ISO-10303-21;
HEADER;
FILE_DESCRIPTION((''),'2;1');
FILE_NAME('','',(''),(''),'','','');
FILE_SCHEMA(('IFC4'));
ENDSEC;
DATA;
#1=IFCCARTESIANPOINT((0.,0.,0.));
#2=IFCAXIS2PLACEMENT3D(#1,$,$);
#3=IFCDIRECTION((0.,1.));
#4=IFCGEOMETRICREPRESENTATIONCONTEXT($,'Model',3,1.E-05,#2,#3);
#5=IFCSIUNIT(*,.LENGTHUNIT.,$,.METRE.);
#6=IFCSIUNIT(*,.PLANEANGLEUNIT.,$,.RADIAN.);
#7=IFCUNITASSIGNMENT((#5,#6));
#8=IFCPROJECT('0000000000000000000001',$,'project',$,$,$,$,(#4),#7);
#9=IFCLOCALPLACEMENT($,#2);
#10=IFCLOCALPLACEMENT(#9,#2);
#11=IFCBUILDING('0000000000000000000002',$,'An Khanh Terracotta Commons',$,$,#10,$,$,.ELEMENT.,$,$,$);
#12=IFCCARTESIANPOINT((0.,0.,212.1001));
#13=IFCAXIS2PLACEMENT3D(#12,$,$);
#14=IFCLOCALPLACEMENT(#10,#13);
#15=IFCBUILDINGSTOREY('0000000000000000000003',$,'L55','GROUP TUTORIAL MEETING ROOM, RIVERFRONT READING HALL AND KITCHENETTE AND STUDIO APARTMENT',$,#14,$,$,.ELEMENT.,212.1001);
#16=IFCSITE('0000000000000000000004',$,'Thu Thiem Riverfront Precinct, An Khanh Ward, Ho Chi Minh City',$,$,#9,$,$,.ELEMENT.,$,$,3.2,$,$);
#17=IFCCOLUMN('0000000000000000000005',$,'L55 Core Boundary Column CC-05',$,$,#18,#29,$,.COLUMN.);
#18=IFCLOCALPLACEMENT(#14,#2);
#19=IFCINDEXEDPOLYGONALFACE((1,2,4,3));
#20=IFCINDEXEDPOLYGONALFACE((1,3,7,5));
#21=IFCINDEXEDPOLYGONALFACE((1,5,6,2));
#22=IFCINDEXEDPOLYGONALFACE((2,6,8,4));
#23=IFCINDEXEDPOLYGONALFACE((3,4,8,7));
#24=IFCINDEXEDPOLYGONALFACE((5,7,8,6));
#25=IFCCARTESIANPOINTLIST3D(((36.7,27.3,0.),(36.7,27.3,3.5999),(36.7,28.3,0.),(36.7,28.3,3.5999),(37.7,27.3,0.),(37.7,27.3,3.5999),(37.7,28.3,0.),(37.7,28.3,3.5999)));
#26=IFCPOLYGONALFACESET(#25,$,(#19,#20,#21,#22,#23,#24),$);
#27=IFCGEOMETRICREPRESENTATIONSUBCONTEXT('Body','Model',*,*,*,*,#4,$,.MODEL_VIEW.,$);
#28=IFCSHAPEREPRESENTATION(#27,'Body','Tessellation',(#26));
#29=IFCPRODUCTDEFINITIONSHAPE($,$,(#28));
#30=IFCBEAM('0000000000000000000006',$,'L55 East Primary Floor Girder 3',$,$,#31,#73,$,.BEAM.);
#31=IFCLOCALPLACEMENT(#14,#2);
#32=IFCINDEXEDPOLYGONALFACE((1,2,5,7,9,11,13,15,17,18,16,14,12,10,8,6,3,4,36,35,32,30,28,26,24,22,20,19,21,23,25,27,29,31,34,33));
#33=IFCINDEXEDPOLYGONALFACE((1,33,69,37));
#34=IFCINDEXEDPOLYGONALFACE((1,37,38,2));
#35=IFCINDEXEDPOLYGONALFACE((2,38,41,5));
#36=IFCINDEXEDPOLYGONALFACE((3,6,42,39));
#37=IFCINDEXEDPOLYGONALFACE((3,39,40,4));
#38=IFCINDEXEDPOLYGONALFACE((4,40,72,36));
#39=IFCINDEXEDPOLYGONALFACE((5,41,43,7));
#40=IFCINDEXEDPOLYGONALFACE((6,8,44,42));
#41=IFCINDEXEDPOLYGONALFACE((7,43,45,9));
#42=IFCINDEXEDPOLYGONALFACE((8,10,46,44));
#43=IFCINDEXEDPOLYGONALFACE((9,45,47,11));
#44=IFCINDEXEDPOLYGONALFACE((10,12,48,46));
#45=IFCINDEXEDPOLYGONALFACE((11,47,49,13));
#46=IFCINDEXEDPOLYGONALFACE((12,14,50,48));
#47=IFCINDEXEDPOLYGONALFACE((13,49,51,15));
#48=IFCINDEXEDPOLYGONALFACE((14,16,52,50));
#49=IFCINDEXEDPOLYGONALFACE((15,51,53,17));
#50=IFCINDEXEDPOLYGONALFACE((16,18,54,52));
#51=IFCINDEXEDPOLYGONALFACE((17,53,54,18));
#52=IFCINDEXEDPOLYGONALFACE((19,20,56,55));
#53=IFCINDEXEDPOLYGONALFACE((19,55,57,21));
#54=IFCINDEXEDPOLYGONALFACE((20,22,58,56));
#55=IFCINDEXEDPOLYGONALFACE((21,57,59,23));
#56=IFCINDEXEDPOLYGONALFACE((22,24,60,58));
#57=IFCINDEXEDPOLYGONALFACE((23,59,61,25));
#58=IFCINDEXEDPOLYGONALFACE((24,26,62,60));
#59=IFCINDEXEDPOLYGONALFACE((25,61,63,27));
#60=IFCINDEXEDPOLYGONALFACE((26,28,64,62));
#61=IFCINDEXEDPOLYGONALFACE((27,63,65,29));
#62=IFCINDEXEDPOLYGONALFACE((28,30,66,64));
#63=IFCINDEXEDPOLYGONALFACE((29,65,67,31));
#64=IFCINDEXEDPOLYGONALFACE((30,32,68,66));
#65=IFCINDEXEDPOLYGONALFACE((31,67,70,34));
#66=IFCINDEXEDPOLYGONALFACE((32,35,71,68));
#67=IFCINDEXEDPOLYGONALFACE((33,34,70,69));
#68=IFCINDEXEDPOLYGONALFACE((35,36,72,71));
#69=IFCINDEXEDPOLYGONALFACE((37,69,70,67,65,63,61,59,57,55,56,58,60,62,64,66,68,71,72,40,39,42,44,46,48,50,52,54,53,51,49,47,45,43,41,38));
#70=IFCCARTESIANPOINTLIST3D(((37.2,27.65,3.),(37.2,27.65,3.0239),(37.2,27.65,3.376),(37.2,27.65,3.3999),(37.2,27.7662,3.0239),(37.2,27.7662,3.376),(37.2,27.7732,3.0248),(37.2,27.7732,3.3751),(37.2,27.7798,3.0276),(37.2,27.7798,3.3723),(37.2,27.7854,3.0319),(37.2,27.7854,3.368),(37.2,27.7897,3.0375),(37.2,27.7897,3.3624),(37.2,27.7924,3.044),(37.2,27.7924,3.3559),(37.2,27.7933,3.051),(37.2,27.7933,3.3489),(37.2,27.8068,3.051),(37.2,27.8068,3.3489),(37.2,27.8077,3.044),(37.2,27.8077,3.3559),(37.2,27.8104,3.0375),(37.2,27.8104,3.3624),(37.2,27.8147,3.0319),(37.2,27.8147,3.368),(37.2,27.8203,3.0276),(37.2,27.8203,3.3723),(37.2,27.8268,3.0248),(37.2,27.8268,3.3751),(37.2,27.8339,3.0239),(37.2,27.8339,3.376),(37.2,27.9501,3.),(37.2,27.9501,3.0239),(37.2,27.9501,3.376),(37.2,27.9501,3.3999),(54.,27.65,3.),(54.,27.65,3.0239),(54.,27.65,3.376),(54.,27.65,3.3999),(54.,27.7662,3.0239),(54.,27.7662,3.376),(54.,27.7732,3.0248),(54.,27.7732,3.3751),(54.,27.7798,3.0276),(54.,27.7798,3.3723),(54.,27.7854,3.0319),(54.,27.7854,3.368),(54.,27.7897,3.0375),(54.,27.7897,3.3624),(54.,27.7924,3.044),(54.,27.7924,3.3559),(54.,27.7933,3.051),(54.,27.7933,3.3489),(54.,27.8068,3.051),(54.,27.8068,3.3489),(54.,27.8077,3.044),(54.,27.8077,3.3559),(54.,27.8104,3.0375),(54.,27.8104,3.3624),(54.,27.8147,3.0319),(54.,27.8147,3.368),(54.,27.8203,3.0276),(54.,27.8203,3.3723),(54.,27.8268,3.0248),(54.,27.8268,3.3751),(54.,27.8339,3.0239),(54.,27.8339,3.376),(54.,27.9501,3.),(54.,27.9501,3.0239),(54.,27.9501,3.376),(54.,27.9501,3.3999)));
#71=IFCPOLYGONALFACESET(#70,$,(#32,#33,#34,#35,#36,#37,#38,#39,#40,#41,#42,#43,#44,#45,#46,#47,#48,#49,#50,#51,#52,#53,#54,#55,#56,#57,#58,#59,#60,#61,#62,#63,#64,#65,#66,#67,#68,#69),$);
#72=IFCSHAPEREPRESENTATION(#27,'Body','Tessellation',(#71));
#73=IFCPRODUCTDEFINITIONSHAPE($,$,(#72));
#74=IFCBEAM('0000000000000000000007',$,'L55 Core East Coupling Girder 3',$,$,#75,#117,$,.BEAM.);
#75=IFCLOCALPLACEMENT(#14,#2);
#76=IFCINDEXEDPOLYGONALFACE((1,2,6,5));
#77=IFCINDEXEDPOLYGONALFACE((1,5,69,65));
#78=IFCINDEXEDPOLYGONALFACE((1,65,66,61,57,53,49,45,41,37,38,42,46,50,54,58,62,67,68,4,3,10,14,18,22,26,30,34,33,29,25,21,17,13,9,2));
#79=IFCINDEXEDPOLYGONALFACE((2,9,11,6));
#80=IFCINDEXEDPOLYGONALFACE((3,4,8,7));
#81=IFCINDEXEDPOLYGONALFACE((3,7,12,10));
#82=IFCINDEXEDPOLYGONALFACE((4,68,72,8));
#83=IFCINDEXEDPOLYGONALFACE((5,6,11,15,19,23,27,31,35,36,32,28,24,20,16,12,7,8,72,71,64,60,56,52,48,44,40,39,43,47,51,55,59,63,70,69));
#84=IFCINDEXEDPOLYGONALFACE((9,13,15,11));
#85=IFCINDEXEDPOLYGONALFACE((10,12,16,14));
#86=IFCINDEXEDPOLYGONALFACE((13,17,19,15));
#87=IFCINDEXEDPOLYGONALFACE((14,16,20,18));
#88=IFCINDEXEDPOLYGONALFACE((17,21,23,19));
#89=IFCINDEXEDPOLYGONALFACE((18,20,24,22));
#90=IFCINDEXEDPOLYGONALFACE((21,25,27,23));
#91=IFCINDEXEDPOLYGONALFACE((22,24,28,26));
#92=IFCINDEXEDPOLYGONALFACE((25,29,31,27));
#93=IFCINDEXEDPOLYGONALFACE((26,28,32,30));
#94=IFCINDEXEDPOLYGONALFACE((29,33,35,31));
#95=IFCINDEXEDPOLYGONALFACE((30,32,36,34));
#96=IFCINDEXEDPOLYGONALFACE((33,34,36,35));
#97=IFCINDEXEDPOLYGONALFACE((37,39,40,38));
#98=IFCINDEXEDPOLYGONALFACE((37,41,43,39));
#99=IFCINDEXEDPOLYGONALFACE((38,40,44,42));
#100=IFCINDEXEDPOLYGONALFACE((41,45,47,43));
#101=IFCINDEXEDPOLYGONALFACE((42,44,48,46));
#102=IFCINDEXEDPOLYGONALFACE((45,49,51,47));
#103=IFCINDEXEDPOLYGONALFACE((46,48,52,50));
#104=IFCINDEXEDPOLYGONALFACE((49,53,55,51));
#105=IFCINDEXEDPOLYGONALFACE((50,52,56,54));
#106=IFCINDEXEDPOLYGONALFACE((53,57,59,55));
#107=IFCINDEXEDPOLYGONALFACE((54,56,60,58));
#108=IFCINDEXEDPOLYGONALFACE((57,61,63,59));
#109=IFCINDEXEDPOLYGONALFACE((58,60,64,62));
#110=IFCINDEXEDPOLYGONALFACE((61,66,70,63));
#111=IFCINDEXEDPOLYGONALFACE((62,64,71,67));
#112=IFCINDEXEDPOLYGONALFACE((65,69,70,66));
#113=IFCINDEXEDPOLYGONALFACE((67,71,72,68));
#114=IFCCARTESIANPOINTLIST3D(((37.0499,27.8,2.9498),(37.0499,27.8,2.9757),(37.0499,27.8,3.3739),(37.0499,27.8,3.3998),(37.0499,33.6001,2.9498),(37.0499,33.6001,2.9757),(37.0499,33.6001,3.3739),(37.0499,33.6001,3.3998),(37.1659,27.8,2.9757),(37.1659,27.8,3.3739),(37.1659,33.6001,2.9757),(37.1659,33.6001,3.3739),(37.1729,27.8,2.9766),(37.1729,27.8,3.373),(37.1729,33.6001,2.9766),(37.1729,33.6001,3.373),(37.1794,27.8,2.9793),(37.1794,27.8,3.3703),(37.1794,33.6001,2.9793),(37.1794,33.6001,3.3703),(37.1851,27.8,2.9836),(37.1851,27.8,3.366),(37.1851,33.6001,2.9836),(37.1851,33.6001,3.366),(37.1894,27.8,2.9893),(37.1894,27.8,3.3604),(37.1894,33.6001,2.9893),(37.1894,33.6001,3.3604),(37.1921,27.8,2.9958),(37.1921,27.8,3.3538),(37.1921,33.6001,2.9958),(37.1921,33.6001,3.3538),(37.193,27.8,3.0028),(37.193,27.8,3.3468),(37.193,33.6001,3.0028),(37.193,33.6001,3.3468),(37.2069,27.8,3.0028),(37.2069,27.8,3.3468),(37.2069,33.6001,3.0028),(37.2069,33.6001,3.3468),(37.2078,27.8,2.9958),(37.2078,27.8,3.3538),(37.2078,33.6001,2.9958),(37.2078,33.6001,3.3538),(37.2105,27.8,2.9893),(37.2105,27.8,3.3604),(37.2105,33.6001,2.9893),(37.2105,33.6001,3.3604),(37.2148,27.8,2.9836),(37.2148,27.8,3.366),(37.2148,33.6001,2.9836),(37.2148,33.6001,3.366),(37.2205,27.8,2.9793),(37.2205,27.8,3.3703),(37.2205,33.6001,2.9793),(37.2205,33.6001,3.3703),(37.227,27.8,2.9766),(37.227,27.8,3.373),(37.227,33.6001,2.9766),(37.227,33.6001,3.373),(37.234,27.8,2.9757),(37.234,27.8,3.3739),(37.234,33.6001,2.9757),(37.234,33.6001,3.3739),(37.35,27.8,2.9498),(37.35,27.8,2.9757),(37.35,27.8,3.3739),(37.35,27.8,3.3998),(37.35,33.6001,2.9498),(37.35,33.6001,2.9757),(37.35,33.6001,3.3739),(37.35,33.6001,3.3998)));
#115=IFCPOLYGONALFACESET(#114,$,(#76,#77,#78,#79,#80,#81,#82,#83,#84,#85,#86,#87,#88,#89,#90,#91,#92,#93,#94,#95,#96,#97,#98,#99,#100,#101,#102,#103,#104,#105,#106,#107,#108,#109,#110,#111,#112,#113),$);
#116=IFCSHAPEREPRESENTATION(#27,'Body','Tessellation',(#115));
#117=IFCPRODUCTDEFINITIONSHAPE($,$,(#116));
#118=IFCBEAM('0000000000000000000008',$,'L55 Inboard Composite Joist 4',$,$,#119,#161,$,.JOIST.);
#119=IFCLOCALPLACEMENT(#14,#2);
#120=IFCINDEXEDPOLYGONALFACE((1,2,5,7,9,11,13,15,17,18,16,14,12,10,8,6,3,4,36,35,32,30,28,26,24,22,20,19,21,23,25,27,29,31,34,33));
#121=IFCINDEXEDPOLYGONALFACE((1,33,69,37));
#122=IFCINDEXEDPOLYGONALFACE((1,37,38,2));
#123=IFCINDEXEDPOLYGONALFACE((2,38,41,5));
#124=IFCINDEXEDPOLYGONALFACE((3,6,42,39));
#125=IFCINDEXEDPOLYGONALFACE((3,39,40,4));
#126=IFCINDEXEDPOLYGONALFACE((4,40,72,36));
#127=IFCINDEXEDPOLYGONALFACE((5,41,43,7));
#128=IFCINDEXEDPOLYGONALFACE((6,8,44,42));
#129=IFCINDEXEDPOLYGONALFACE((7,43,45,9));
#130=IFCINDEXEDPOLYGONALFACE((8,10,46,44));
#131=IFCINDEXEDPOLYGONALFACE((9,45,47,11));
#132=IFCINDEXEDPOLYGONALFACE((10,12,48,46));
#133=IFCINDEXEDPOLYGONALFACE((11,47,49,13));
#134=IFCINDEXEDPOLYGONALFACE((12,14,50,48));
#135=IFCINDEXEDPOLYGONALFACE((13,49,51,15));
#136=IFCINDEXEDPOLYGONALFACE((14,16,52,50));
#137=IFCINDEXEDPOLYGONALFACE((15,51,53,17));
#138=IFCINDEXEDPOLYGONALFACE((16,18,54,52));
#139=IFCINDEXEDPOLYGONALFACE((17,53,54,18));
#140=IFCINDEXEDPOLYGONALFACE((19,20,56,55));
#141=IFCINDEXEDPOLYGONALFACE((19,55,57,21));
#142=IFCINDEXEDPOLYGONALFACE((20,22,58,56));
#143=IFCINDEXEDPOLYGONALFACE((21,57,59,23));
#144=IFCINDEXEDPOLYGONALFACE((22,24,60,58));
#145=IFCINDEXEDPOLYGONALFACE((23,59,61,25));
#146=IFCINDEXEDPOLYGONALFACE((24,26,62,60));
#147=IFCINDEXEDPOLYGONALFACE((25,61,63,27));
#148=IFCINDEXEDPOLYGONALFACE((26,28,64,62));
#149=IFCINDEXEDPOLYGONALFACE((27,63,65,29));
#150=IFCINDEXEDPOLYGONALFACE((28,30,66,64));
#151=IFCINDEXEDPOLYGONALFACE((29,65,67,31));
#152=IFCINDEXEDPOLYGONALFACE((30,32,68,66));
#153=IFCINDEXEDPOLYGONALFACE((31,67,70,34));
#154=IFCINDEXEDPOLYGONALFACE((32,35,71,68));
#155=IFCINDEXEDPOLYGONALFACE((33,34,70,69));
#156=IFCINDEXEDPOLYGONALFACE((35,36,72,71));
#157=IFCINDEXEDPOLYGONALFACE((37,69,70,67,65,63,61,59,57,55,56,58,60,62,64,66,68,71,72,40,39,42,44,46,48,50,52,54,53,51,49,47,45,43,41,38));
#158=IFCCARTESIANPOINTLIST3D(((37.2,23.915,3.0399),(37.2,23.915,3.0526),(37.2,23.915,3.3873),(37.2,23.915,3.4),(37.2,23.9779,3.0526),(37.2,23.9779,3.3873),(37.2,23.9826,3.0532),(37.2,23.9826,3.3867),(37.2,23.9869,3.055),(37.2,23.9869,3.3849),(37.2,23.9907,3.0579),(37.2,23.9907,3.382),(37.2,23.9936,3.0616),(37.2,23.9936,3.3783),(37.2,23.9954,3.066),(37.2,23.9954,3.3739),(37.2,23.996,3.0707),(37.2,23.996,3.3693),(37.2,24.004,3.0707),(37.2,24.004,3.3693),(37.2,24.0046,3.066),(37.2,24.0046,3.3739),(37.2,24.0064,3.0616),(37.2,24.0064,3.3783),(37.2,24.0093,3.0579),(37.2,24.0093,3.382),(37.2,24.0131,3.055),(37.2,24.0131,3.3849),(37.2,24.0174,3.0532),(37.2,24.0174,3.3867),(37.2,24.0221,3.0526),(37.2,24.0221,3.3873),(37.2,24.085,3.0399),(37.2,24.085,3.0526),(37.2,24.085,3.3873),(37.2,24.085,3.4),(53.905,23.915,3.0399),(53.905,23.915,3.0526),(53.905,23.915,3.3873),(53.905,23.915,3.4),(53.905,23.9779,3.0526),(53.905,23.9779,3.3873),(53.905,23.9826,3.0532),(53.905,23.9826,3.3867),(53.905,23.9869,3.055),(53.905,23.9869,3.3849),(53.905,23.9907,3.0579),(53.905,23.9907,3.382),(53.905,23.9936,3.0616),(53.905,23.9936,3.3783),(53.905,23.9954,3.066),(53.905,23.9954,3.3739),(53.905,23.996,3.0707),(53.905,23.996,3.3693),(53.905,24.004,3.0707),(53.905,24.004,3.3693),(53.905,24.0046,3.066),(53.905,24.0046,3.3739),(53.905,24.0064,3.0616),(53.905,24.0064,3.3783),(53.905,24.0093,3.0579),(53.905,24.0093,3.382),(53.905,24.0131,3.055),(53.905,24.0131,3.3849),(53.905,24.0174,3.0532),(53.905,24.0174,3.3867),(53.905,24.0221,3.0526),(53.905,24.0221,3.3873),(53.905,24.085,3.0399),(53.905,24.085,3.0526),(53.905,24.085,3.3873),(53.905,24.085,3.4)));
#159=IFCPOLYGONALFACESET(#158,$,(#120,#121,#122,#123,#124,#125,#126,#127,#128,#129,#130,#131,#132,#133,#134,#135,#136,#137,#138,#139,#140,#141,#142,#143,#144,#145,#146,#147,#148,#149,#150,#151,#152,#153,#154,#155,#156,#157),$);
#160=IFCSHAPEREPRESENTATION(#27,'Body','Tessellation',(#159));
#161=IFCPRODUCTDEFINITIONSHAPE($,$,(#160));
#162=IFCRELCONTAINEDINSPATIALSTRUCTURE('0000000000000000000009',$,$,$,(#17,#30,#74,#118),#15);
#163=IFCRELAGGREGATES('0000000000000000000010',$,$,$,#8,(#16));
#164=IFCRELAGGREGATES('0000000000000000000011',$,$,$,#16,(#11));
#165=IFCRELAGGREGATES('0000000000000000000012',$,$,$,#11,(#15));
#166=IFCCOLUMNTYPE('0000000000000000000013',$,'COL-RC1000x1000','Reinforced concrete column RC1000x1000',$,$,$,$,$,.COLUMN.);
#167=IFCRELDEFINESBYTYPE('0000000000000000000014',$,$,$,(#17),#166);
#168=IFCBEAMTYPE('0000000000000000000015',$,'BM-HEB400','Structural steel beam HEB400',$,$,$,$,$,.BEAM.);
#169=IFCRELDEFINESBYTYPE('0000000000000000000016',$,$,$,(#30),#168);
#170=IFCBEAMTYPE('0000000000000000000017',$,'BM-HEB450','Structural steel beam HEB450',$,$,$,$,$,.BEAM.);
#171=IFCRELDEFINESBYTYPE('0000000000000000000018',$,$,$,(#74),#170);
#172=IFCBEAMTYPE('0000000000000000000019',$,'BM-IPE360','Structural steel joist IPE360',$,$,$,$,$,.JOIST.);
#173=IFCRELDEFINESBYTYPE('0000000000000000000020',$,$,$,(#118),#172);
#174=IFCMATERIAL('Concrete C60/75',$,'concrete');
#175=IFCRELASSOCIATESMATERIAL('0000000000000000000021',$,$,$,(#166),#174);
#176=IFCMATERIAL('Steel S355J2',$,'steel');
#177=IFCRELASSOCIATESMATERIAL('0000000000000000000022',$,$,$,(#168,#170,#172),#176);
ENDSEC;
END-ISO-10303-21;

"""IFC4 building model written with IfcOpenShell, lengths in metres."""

from ifc_helpers import new_model, si_unit, direction, frame, origin, origin_2d, place, context, subcontext, project, spatial, rectangle, i_section, extrude, material, material_profile, profile_set, type_object, element, save


model = new_model("IFC4")

# Units and contexts
model_context = context("Model", 3, precision=1e-05, world=origin(), true_north=direction((0.0, 1.0)))
body_context = subcontext(model_context, "Body", "Model", "MODEL_VIEW")
ifc_project = project(units=[si_unit("LENGTHUNIT", "METRE"), si_unit("PLANEANGLEUNIT", "RADIAN")], contexts=[model_context])

# Site, building, storey
site_placement = place(None, origin())
site = spatial("IfcSite", under=ifc_project, at=site_placement, Name="Thu Thiem Riverfront Precinct, An Khanh Ward, Ho Chi Minh City", CompositionType="ELEMENT", RefElevation=3.2)
building_placement = place(site_placement, origin())
building = spatial("IfcBuilding", under=site, at=building_placement, Name="An Khanh Terracotta Commons", CompositionType="ELEMENT")
storey_placement = place(building_placement, frame((0.0, 0.0, 212.1001)))
storey = spatial("IfcBuildingStorey", under=building, at=storey_placement, Name="L55", Description="GROUP TUTORIAL MEETING ROOM, RIVERFRONT READING HALL AND KITCHENETTE AND STUDIO APARTMENT", CompositionType="ELEMENT", Elevation=212.1001)

# Column
ifc_material_1 = material(Name="Concrete C60/75", Category="concrete")
ifc_material_profile_1 = material_profile(ifc_material_1, rectangle(XDim=1.0, YDim=1.0, at=origin_2d()), Name="RC1000x1000")
ifc_profile_set_1 = profile_set([ifc_material_profile_1], Name="Concrete C60/75")
column_type = type_object("IfcColumnType", Name="COL-RC1000x1000", Description="Reinforced concrete column RC1000x1000", PredefinedType="COLUMN", material=ifc_profile_set_1)
column_placement = place(storey_placement, frame((37.2, 27.8, 0.0), z_axis=(0.0, 0.0, 1.0), x_axis=(1.0, 0.0, 0.0)))
element("IfcColumn", 1, at=column_placement, inside=storey, type_object=column_type, Name="L55 Core Boundary Column CC-05", PredefinedType="COLUMN", context=body_context, shape_type="SweptSolid", body=[
    extrude(rectangle(XDim=1.0, YDim=1.0, at=origin_2d()), origin(), (0.0, 0.0, 1.0), 3.5999),
])

# Beams
ifc_material_2 = material(Name="Steel S355J2", Category="steel")
ifc_material_profile_2 = material_profile(ifc_material_2, i_section(OverallWidth=0.3, OverallDepth=0.3999, WebThickness=0.0134, FlangeThickness=0.0239, FilletRadius=0.0271, at=origin_2d()), Name="HEB400")
ifc_profile_set_2 = profile_set([ifc_material_profile_2], Name="Steel S355J2")
beam_type_1 = type_object("IfcBeamType", Name="BM-HEB400", Description="Structural steel beam HEB400", PredefinedType="BEAM", material=ifc_profile_set_2)
beam_1_placement = place(storey_placement, frame((37.2, 27.8, 3.2), z_axis=(1.0, 0.0, 0.0), x_axis=(0.0, 1.0, 0.0)))
element("IfcBeam", 2, at=beam_1_placement, inside=storey, type_object=beam_type_1, Name="L55 East Primary Floor Girder 3", PredefinedType="BEAM", context=body_context, shape_type="SweptSolid", body=[
    extrude(i_section(OverallWidth=0.3, OverallDepth=0.3999, WebThickness=0.0134, FlangeThickness=0.0239, FilletRadius=0.0271, at=origin_2d()), origin(), (0.0, 0.0, 1.0), 16.8),
])
ifc_material_profile_3 = material_profile(ifc_material_2, i_section(OverallWidth=0.3, OverallDepth=0.45, WebThickness=0.0139, FlangeThickness=0.0259, FilletRadius=0.0271, at=origin_2d()), Name="HEB450")
ifc_profile_set_3 = profile_set([ifc_material_profile_3], Name="Steel S355J2")
beam_type_2 = type_object("IfcBeamType", Name="BM-HEB450", Description="Structural steel beam HEB450", PredefinedType="BEAM", material=ifc_profile_set_3)
beam_2_placement = place(storey_placement, frame((37.2, 27.8, 3.1748), z_axis=(0.0, 1.0, 0.0), x_axis=(-1.0, 0.0, 0.0)))
element("IfcBeam", 3, at=beam_2_placement, inside=storey, type_object=beam_type_2, Name="L55 Core East Coupling Girder 3", PredefinedType="BEAM", context=body_context, shape_type="SweptSolid", body=[
    extrude(i_section(OverallWidth=0.3, OverallDepth=0.45, WebThickness=0.0139, FlangeThickness=0.0259, FilletRadius=0.0271, at=origin_2d()), origin(), (0.0, 0.0, 1.0), 5.8),
])
ifc_material_profile_4 = material_profile(ifc_material_2, i_section(OverallWidth=0.1699, OverallDepth=0.3601, WebThickness=0.0081, FlangeThickness=0.0127, FilletRadius=0.0181, at=origin_2d()), Name="IPE360")
ifc_profile_set_4 = profile_set([ifc_material_profile_4], Name="Steel S355J2")
beam_type_3 = type_object("IfcBeamType", Name="BM-IPE360", Description="Structural steel joist IPE360", PredefinedType="JOIST", material=ifc_profile_set_4)
for number, where, z_axis, x_axis, name in (
    (4, (37.2, 24.0, 3.22), (1.0, 0.0, 0.0), (0.0, 1.0, 0.0), "L55 Inboard Composite Joist 4"),
):
    element("IfcBeam", number, at=place(storey_placement, frame(where, z_axis=z_axis, x_axis=x_axis)), inside=storey, type_object=beam_type_3, Name=name, PredefinedType="JOIST", context=body_context, shape_type="SweptSolid", body=[
        extrude(i_section(OverallWidth=0.1699, OverallDepth=0.3601, WebThickness=0.0081, FlangeThickness=0.0127, FilletRadius=0.0181, at=origin_2d()), origin(), (0.0, 0.0, 1.0), 16.7051),
    ])

save(model, "model.ifc")
